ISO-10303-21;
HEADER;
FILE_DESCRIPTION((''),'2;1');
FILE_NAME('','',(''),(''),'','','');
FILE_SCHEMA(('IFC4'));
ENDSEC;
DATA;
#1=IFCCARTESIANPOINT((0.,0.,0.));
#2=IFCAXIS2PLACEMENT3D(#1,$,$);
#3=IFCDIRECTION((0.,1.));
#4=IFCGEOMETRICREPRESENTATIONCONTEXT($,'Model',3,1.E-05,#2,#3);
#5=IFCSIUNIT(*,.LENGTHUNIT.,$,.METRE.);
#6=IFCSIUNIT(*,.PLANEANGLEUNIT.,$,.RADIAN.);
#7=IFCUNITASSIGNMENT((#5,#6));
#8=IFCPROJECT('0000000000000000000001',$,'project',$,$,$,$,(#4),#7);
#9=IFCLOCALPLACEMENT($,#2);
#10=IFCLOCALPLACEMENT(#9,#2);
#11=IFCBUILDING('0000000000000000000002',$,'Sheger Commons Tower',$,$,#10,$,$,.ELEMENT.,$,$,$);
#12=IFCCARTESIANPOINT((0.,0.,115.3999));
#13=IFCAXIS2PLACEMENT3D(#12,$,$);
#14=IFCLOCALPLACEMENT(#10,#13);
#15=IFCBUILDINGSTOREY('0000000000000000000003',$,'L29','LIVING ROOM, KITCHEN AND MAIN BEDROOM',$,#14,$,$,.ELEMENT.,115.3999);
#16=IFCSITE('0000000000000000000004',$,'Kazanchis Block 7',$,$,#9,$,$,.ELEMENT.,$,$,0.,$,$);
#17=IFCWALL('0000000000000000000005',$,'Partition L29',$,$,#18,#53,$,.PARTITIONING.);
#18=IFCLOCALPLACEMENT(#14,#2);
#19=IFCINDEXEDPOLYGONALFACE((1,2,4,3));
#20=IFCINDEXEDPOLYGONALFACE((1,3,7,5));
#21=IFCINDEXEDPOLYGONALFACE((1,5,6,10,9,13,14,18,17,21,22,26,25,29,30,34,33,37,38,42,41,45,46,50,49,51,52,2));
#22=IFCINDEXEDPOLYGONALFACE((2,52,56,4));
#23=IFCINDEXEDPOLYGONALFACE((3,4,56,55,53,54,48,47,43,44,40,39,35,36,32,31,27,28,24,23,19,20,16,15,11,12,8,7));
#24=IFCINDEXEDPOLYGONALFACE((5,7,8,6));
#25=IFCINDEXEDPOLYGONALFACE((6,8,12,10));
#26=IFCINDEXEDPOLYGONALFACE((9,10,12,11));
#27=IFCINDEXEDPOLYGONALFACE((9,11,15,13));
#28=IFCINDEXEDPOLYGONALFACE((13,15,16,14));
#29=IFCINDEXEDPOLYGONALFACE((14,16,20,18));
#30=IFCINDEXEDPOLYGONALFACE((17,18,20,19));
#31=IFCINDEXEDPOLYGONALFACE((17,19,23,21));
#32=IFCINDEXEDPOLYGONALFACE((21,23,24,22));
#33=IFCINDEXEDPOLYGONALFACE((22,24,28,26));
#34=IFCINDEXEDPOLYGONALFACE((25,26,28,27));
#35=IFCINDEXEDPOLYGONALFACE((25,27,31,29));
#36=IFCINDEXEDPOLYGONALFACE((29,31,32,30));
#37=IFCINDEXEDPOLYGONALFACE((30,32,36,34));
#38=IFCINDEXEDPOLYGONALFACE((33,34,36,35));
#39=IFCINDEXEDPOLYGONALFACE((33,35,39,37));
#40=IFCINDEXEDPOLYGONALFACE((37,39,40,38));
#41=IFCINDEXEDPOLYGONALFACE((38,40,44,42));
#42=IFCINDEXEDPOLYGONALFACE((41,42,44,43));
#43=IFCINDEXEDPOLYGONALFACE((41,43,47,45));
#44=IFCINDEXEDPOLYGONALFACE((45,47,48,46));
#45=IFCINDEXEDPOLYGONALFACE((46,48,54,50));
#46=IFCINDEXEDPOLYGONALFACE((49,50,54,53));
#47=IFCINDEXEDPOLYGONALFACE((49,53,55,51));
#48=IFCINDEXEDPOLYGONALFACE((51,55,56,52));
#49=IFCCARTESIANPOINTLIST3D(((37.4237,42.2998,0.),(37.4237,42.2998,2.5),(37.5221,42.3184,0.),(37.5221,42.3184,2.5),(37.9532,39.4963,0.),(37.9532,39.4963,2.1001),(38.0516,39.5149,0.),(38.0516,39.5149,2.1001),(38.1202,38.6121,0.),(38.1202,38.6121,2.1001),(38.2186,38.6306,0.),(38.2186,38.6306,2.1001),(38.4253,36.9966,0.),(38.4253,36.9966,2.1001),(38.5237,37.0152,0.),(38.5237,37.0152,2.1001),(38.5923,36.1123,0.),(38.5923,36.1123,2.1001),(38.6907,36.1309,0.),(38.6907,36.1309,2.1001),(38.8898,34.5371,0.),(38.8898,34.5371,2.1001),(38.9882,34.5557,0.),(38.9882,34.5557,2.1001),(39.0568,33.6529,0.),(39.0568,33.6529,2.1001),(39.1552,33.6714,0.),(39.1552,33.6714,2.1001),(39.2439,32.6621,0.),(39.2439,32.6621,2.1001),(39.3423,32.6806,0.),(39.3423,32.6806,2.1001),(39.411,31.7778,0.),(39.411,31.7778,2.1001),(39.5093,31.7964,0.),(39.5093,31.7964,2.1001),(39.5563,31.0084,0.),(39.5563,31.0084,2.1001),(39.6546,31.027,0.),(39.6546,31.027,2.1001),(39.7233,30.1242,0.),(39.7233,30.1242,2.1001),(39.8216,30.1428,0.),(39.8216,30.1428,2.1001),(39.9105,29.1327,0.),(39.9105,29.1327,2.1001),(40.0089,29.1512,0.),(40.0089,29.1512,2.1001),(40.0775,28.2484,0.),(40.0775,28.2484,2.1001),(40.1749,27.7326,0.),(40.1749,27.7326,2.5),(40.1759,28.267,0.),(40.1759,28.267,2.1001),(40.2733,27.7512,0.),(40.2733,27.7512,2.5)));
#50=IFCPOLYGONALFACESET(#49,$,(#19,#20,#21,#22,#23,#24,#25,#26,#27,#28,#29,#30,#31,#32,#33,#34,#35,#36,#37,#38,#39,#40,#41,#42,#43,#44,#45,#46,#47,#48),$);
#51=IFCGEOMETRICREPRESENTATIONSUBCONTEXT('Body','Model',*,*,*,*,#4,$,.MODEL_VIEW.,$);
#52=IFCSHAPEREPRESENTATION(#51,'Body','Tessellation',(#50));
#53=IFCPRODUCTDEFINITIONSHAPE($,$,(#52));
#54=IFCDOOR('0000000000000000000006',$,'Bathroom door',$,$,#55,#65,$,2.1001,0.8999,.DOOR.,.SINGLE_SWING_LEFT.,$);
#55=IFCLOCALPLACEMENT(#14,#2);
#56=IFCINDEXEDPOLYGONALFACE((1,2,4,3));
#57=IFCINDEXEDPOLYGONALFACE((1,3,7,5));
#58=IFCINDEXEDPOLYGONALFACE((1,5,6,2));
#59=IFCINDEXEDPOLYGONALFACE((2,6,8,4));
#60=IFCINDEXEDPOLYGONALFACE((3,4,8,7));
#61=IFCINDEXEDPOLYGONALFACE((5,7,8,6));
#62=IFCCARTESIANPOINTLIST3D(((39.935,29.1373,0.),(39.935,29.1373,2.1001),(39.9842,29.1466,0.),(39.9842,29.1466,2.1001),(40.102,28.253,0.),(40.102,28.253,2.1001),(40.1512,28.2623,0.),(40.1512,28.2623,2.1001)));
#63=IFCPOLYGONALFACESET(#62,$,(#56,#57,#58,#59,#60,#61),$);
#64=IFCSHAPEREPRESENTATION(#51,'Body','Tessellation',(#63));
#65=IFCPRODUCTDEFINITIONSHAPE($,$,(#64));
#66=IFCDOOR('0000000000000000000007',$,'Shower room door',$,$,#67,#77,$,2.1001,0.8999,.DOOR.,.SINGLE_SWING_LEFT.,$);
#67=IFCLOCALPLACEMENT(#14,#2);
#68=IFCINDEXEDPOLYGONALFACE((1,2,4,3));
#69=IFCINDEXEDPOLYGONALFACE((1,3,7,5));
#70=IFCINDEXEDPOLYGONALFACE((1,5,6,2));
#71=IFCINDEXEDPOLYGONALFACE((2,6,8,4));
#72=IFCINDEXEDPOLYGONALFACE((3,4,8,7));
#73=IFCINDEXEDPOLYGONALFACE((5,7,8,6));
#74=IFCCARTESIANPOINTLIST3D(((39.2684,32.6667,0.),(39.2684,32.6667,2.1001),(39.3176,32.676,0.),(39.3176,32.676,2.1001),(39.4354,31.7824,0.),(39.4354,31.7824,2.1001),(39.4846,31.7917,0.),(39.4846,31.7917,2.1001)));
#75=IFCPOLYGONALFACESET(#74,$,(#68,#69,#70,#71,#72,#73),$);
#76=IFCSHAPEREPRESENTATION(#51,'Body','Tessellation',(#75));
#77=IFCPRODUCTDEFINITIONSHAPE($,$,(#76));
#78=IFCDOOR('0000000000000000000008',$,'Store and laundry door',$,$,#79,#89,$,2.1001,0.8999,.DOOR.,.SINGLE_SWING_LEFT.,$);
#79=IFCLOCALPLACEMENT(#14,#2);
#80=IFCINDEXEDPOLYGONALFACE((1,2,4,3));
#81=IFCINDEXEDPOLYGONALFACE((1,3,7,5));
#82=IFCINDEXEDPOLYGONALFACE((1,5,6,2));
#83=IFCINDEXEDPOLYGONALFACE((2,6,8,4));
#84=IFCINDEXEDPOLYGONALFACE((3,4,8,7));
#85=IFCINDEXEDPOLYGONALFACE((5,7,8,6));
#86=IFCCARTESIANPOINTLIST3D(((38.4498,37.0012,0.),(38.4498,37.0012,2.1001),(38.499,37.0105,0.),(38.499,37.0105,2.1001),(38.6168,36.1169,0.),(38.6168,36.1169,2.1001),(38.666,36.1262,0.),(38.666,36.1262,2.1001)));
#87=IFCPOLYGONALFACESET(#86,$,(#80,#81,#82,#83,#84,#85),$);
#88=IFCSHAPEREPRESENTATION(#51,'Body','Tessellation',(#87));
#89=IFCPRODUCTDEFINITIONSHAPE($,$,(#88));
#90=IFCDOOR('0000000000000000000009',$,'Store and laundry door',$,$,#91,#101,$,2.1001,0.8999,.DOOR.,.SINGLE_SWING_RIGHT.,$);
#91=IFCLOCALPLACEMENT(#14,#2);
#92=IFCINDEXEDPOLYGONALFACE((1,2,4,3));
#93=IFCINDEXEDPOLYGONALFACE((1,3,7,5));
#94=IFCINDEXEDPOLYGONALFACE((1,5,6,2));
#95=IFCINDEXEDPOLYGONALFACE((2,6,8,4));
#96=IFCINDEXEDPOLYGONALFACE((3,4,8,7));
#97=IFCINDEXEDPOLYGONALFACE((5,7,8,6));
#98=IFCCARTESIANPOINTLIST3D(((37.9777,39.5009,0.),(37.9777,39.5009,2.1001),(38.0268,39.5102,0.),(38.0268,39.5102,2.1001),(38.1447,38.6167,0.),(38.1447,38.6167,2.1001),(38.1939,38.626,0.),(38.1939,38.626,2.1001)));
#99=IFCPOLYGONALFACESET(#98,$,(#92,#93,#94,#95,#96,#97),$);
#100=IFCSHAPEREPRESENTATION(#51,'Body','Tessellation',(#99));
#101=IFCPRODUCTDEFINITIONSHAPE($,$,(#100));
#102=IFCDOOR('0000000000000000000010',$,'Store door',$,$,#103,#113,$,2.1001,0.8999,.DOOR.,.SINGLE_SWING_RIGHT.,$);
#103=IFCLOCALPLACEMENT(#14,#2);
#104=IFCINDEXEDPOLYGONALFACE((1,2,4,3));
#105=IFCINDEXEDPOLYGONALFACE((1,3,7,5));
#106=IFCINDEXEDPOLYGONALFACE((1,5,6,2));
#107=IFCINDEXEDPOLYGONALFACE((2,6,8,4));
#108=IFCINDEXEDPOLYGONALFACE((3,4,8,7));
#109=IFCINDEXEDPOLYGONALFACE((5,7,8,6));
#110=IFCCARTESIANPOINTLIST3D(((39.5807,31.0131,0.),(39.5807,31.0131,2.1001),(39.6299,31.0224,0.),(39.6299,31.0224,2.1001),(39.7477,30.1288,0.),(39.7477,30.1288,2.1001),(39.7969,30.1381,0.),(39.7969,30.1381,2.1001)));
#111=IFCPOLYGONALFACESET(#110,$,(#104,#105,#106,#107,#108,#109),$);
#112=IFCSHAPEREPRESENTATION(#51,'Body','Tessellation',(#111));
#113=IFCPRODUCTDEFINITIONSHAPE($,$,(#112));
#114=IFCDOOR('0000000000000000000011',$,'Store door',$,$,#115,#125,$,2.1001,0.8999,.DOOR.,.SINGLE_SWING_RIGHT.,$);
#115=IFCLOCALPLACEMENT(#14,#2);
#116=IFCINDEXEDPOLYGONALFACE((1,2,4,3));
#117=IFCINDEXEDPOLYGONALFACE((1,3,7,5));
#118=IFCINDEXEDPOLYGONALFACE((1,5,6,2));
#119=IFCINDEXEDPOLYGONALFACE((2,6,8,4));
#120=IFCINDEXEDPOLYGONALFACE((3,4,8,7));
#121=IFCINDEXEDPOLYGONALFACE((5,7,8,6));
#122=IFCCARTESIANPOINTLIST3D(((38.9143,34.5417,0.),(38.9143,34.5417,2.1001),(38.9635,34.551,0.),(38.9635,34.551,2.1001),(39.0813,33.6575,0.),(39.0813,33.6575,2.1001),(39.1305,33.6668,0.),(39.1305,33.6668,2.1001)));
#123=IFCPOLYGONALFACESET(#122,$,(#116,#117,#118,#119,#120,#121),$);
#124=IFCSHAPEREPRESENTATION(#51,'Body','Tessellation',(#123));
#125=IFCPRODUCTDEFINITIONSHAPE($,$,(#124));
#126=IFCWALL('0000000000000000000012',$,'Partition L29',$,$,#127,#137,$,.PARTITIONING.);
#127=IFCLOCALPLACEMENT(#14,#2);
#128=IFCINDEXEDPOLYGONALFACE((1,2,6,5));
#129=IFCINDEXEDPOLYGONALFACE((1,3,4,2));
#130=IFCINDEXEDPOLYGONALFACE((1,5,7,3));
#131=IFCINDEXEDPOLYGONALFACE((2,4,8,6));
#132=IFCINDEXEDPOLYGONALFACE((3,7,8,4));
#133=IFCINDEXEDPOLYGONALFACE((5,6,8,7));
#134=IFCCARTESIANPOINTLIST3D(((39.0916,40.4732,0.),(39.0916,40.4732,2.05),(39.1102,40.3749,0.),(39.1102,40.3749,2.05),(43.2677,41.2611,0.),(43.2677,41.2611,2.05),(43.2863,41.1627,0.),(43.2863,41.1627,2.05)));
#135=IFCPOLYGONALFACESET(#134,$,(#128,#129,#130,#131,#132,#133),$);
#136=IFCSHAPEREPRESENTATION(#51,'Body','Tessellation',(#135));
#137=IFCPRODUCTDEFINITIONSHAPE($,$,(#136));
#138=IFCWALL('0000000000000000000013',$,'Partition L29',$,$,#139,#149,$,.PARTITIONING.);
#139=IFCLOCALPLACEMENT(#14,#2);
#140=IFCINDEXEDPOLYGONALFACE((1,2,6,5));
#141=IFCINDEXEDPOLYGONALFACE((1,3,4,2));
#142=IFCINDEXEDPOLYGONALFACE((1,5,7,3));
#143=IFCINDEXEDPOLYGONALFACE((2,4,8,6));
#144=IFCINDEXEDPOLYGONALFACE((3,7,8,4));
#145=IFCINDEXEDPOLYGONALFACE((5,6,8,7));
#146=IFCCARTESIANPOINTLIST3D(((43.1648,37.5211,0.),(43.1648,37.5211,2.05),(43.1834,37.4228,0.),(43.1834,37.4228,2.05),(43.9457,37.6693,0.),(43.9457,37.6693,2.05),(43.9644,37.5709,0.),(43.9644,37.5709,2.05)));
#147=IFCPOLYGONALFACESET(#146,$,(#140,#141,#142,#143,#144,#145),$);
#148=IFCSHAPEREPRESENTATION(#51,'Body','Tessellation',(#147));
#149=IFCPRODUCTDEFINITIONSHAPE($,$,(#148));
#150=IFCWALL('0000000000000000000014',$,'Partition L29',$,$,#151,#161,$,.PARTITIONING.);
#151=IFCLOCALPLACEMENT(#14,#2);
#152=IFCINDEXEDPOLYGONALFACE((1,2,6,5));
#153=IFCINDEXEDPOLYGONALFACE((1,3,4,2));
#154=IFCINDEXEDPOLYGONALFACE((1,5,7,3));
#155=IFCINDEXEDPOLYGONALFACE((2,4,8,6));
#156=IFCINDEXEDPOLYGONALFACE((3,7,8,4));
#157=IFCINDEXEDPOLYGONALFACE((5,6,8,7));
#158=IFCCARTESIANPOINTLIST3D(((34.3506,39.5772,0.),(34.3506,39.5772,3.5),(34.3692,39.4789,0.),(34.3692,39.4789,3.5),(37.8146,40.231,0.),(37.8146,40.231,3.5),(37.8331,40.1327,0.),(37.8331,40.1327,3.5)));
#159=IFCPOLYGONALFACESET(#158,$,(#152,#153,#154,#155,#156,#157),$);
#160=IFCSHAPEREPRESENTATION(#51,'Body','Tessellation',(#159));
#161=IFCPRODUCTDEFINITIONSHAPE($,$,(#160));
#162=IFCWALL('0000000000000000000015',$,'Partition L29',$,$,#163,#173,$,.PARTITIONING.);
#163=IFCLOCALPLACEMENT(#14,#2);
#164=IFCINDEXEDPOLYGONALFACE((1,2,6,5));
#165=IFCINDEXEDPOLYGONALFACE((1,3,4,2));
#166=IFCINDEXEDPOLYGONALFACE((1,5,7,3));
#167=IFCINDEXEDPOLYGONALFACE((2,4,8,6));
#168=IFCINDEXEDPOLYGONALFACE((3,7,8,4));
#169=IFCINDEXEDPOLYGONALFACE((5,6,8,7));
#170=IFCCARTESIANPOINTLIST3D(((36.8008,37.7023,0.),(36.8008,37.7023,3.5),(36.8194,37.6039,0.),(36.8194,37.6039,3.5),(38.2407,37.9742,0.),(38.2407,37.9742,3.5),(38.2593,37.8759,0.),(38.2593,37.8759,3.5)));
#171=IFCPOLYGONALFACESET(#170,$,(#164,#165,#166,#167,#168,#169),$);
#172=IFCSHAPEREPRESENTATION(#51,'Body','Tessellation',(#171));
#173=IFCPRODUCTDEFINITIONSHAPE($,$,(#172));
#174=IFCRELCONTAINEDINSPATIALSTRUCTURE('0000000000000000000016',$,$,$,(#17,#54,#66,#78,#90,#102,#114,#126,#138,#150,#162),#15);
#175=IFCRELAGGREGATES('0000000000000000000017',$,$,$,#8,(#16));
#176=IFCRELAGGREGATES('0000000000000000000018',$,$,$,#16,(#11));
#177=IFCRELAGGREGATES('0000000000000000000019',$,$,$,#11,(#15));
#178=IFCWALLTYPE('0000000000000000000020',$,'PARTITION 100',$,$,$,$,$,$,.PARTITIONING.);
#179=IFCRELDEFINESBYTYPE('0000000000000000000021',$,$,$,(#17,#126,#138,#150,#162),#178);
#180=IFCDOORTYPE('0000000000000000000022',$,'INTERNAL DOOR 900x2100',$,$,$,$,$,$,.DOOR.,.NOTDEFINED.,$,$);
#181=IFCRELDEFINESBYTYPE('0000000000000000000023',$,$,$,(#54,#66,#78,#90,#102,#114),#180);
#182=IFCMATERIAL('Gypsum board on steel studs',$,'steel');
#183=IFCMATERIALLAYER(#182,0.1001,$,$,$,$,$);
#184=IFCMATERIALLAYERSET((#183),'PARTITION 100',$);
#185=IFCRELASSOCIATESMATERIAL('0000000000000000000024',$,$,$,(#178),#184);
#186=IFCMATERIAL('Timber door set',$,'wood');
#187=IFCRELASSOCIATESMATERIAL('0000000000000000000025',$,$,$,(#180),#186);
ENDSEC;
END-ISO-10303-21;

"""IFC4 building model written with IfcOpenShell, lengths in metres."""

from ifc_helpers import new_model, si_unit, direction, frame, frame_2d, origin, place, context, subcontext, project, spatial, rectangle, extrude, material, layer, layer_set, type_object, element, fill, save


model = new_model("IFC4")

# Units and contexts
model_context = context("Model", 3, precision=1e-05, world=origin(), true_north=direction((0.0, 1.0)))
body_context = subcontext(model_context, "Body", "Model", "MODEL_VIEW")
ifc_project = project(units=[si_unit("LENGTHUNIT", "METRE"), si_unit("PLANEANGLEUNIT", "RADIAN")], contexts=[model_context])

# Site, building, storey
site_placement = place(None, origin())
site = spatial("IfcSite", under=ifc_project, at=site_placement, Name="Kazanchis Block 7", CompositionType="ELEMENT", RefElevation=0.0)
building_placement = place(site_placement, origin())
building = spatial("IfcBuilding", under=site, at=building_placement, Name="Sheger Commons Tower", CompositionType="ELEMENT")
storey_placement = place(building_placement, frame((0.0, 0.0, 115.3999)))
storey = spatial("IfcBuildingStorey", under=building, at=storey_placement, Name="L29", Description="LIVING ROOM, KITCHEN AND MAIN BEDROOM", CompositionType="ELEMENT", Elevation=115.3999)

# Shared definitions
ifc_material_1 = material(Name="Gypsum board on steel studs", Category="steel")
ifc_layer_1 = layer(ifc_material_1, 0.1001)
ifc_layer_set_1 = layer_set([ifc_layer_1], Name="PARTITION 100")
wall_type = type_object("IfcWallType", Name="PARTITION 100", PredefinedType="PARTITIONING", material=ifc_layer_set_1)

# Wall, openings, doors
ifc_material_2 = material(Name="Timber door set", Category="wood")
door_type = type_object("IfcDoorType", Name="INTERNAL DOOR 900x2100", OperationType="NOTDEFINED", PredefinedType="DOOR", material=ifc_material_2)
wall_1_placement = place(storey_placement, frame((37.4729, 42.3091, 0.0), z_axis=(0.0, 0.0, 1.0), x_axis=(0.185584, -0.982628, 0.0)))
wall_1 = element("IfcWall", 1, at=wall_1_placement, inside=storey, type_object=wall_type, Name="Partition L29", PredefinedType="PARTITIONING", context=body_context, shape_type="SweptSolid", body=[
    extrude(rectangle(XDim=14.8247, YDim=0.1001, at=frame_2d((7.4124, 0.0))), origin(), (0.0, 0.0, 1.0), 2.5),
])
opening_1_placement = place(wall_1_placement, frame((13.3999, 0.0, 0.0)))
opening_1 = element("IfcOpeningElement", 2, at=opening_1_placement, cuts=wall_1, PredefinedType="OPENING", context=body_context, shape_type="SweptSolid", body=[
    extrude(rectangle(XDim=0.8999, YDim=2.1001, at=frame_2d((0.45, 1.05))), frame((0.0, 0.0601, 0.0), z_axis=(0.0, -1.0, 0.0), x_axis=(1.0, 0.0, 0.0)), (0.0, 0.0, 1.0), 0.1201),
])
opening_2_placement = place(wall_1_placement, frame((9.8081, 0.0, 0.0)))
opening_2 = element("IfcOpeningElement", 3, at=opening_2_placement, cuts=wall_1, PredefinedType="OPENING", context=body_context, shape_type="SweptSolid", body=[
    extrude(rectangle(XDim=0.8999, YDim=2.1001, at=frame_2d((0.45, 1.05))), frame((0.0, 0.0601, 0.0), z_axis=(0.0, -1.0, 0.0), x_axis=(1.0, 0.0, 0.0)), (0.0, 0.0, 1.0), 0.1201),
])
opening_3_placement = place(wall_1_placement, frame((5.397, 0.0, 0.0)))
opening_3 = element("IfcOpeningElement", 4, at=opening_3_placement, cuts=wall_1, PredefinedType="OPENING", context=body_context, shape_type="SweptSolid", body=[
    extrude(rectangle(XDim=0.8999, YDim=2.1001, at=frame_2d((0.45, 1.05))), frame((0.0, 0.0601, 0.0), z_axis=(0.0, -1.0, 0.0), x_axis=(1.0, 0.0, 0.0)), (0.0, 0.0, 1.0), 0.1201),
])
opening_4_placement = place(wall_1_placement, frame((2.853, 0.0, 0.0)))
opening_4 = element("IfcOpeningElement", 5, at=opening_4_placement, cuts=wall_1, PredefinedType="OPENING", context=body_context, shape_type="SweptSolid", body=[
    extrude(rectangle(XDim=0.8999, YDim=2.1001, at=frame_2d((0.45, 1.05))), frame((0.0, 0.0601, 0.0), z_axis=(0.0, -1.0, 0.0), x_axis=(1.0, 0.0, 0.0)), (0.0, 0.0, 1.0), 0.1201),
])
opening_5_placement = place(wall_1_placement, frame((11.491, 0.0, 0.0)))
opening_5 = element("IfcOpeningElement", 6, at=opening_5_placement, cuts=wall_1, PredefinedType="OPENING", context=body_context, shape_type="SweptSolid", body=[
    extrude(rectangle(XDim=0.8999, YDim=2.1001, at=frame_2d((0.45, 1.05))), frame((0.0, 0.0601, 0.0), z_axis=(0.0, -1.0, 0.0), x_axis=(1.0, 0.0, 0.0)), (0.0, 0.0, 1.0), 0.1201),
])
opening_6_placement = place(wall_1_placement, frame((7.8999, 0.0, 0.0)))
opening_6 = element("IfcOpeningElement", 7, at=opening_6_placement, cuts=wall_1, PredefinedType="OPENING", context=body_context, shape_type="SweptSolid", body=[
    extrude(rectangle(XDim=0.8999, YDim=2.1001, at=frame_2d((0.45, 1.05))), frame((0.0, 0.0601, 0.0), z_axis=(0.0, -1.0, 0.0), x_axis=(1.0, 0.0, 0.0)), (0.0, 0.0, 1.0), 0.1201),
])
door_1_placement = place(opening_1_placement, origin())
door_1 = element("IfcDoor", 8, at=door_1_placement, inside=storey, type_object=door_type, Name="Bathroom door", OperationType="SINGLE_SWING_LEFT", OverallHeight=2.1001, OverallWidth=0.8999, PredefinedType="DOOR", context=body_context, shape_type="SweptSolid", body=[
    extrude(rectangle(XDim=0.8999, YDim=2.1001, at=frame_2d((0.45, 1.05))), frame((0.0, 0.0249, 0.0), z_axis=(0.0, -1.0, 0.0), x_axis=(1.0, 0.0, 0.0)), (0.0, 0.0, 1.0), 0.05),
])
fill(opening_1, door_1)
door_2_placement = place(opening_2_placement, origin())
door_2 = element("IfcDoor", 9, at=door_2_placement, inside=storey, type_object=door_type, Name="Shower room door", OperationType="SINGLE_SWING_LEFT", OverallHeight=2.1001, OverallWidth=0.8999, PredefinedType="DOOR", context=body_context, shape_type="SweptSolid", body=[
    extrude(rectangle(XDim=0.8999, YDim=2.1001, at=frame_2d((0.45, 1.05))), frame((0.0, 0.0249, 0.0), z_axis=(0.0, -1.0, 0.0), x_axis=(1.0, 0.0, 0.0)), (0.0, 0.0, 1.0), 0.05),
])
fill(opening_2, door_2)
door_3_placement = place(opening_3_placement, origin())
door_3 = element("IfcDoor", 10, at=door_3_placement, inside=storey, type_object=door_type, Name="Store and laundry door", OperationType="SINGLE_SWING_LEFT", OverallHeight=2.1001, OverallWidth=0.8999, PredefinedType="DOOR", context=body_context, shape_type="SweptSolid", body=[
    extrude(rectangle(XDim=0.8999, YDim=2.1001, at=frame_2d((0.45, 1.05))), frame((0.0, 0.0249, 0.0), z_axis=(0.0, -1.0, 0.0), x_axis=(1.0, 0.0, 0.0)), (0.0, 0.0, 1.0), 0.05),
])
fill(opening_3, door_3)
door_4_placement = place(opening_4_placement, origin())
door_4 = element("IfcDoor", 11, at=door_4_placement, inside=storey, type_object=door_type, Name="Store and laundry door", OperationType="SINGLE_SWING_RIGHT", OverallHeight=2.1001, OverallWidth=0.8999, PredefinedType="DOOR", context=body_context, shape_type="SweptSolid", body=[
    extrude(rectangle(XDim=0.8999, YDim=2.1001, at=frame_2d((0.45, 1.05))), frame((0.0, 0.0249, 0.0), z_axis=(0.0, -1.0, 0.0), x_axis=(1.0, 0.0, 0.0)), (0.0, 0.0, 1.0), 0.05),
])
fill(opening_4, door_4)
door_5_placement = place(opening_5_placement, origin())
door_5 = element("IfcDoor", 12, at=door_5_placement, inside=storey, type_object=door_type, Name="Store door", OperationType="SINGLE_SWING_RIGHT", OverallHeight=2.1001, OverallWidth=0.8999, PredefinedType="DOOR", context=body_context, shape_type="SweptSolid", body=[
    extrude(rectangle(XDim=0.8999, YDim=2.1001, at=frame_2d((0.45, 1.05))), frame((0.0, 0.0249, 0.0), z_axis=(0.0, -1.0, 0.0), x_axis=(1.0, 0.0, 0.0)), (0.0, 0.0, 1.0), 0.05),
])
fill(opening_5, door_5)
door_6_placement = place(opening_6_placement, origin())
door_6 = element("IfcDoor", 13, at=door_6_placement, inside=storey, type_object=door_type, Name="Store door", OperationType="SINGLE_SWING_RIGHT", OverallHeight=2.1001, OverallWidth=0.8999, PredefinedType="DOOR", context=body_context, shape_type="SweptSolid", body=[
    extrude(rectangle(XDim=0.8999, YDim=2.1001, at=frame_2d((0.45, 1.05))), frame((0.0, 0.0249, 0.0), z_axis=(0.0, -1.0, 0.0), x_axis=(1.0, 0.0, 0.0)), (0.0, 0.0, 1.0), 0.05),
])
fill(opening_6, door_6)

# Walls
wall_2_placement = place(storey_placement, frame((43.2771, 41.2119, 0.0), z_axis=(0.0, 0.0, 1.0), x_axis=(-0.982665, -0.185388, 0.0)))
element("IfcWall", 14, at=wall_2_placement, inside=storey, type_object=wall_type, Name="Partition L29", PredefinedType="PARTITIONING", context=body_context, shape_type="SweptSolid", body=[
    extrude(rectangle(XDim=4.2498, YDim=0.1001, at=frame_2d((2.125, 0.0))), origin(), (0.0, 0.0, 1.0), 2.05),
])
wall_3_placement = place(storey_placement, frame((43.9551, 37.6201, 0.0), z_axis=(0.0, 0.0, 1.0), x_axis=(-0.98247, -0.186421, 0.0)))
element("IfcWall", 15, at=wall_3_placement, inside=storey, type_object=wall_type, Name="Partition L29", PredefinedType="PARTITIONING", context=body_context, shape_type="SweptSolid", body=[
    extrude(rectangle(XDim=0.7949, YDim=0.1001, at=frame_2d((0.3975, 0.0))), origin(), (0.0, 0.0, 1.0), 2.05),
])
wall_4_placement = place(storey_placement, frame((37.824, 40.1819, 0.0), z_axis=(0.0, 0.0, 1.0), x_axis=(-0.982649, -0.185476, 0.0)))
element("IfcWall", 16, at=wall_4_placement, inside=storey, type_object=wall_type, Name="Partition L29", PredefinedType="PARTITIONING", context=body_context, shape_type="SweptSolid", body=[
    extrude(rectangle(XDim=3.5251, YDim=0.1001, at=frame_2d((1.7627, 0.0))), origin(), (0.0, 0.0, 1.0), 3.5),
])
wall_5_placement = place(storey_placement, frame((38.25, 37.925, 0.0), z_axis=(0.0, 0.0, 1.0), x_axis=(-0.982626, -0.185596, 0.0)))
element("IfcWall", 17, at=wall_5_placement, inside=storey, type_object=wall_type, Name="Partition L29", PredefinedType="PARTITIONING", context=body_context, shape_type="SweptSolid", body=[
    extrude(rectangle(XDim=1.4653, YDim=0.1001, at=frame_2d((0.7327, 0.0))), origin(), (0.0, 0.0, 1.0), 3.5),
])

save(model, "model.ifc")
